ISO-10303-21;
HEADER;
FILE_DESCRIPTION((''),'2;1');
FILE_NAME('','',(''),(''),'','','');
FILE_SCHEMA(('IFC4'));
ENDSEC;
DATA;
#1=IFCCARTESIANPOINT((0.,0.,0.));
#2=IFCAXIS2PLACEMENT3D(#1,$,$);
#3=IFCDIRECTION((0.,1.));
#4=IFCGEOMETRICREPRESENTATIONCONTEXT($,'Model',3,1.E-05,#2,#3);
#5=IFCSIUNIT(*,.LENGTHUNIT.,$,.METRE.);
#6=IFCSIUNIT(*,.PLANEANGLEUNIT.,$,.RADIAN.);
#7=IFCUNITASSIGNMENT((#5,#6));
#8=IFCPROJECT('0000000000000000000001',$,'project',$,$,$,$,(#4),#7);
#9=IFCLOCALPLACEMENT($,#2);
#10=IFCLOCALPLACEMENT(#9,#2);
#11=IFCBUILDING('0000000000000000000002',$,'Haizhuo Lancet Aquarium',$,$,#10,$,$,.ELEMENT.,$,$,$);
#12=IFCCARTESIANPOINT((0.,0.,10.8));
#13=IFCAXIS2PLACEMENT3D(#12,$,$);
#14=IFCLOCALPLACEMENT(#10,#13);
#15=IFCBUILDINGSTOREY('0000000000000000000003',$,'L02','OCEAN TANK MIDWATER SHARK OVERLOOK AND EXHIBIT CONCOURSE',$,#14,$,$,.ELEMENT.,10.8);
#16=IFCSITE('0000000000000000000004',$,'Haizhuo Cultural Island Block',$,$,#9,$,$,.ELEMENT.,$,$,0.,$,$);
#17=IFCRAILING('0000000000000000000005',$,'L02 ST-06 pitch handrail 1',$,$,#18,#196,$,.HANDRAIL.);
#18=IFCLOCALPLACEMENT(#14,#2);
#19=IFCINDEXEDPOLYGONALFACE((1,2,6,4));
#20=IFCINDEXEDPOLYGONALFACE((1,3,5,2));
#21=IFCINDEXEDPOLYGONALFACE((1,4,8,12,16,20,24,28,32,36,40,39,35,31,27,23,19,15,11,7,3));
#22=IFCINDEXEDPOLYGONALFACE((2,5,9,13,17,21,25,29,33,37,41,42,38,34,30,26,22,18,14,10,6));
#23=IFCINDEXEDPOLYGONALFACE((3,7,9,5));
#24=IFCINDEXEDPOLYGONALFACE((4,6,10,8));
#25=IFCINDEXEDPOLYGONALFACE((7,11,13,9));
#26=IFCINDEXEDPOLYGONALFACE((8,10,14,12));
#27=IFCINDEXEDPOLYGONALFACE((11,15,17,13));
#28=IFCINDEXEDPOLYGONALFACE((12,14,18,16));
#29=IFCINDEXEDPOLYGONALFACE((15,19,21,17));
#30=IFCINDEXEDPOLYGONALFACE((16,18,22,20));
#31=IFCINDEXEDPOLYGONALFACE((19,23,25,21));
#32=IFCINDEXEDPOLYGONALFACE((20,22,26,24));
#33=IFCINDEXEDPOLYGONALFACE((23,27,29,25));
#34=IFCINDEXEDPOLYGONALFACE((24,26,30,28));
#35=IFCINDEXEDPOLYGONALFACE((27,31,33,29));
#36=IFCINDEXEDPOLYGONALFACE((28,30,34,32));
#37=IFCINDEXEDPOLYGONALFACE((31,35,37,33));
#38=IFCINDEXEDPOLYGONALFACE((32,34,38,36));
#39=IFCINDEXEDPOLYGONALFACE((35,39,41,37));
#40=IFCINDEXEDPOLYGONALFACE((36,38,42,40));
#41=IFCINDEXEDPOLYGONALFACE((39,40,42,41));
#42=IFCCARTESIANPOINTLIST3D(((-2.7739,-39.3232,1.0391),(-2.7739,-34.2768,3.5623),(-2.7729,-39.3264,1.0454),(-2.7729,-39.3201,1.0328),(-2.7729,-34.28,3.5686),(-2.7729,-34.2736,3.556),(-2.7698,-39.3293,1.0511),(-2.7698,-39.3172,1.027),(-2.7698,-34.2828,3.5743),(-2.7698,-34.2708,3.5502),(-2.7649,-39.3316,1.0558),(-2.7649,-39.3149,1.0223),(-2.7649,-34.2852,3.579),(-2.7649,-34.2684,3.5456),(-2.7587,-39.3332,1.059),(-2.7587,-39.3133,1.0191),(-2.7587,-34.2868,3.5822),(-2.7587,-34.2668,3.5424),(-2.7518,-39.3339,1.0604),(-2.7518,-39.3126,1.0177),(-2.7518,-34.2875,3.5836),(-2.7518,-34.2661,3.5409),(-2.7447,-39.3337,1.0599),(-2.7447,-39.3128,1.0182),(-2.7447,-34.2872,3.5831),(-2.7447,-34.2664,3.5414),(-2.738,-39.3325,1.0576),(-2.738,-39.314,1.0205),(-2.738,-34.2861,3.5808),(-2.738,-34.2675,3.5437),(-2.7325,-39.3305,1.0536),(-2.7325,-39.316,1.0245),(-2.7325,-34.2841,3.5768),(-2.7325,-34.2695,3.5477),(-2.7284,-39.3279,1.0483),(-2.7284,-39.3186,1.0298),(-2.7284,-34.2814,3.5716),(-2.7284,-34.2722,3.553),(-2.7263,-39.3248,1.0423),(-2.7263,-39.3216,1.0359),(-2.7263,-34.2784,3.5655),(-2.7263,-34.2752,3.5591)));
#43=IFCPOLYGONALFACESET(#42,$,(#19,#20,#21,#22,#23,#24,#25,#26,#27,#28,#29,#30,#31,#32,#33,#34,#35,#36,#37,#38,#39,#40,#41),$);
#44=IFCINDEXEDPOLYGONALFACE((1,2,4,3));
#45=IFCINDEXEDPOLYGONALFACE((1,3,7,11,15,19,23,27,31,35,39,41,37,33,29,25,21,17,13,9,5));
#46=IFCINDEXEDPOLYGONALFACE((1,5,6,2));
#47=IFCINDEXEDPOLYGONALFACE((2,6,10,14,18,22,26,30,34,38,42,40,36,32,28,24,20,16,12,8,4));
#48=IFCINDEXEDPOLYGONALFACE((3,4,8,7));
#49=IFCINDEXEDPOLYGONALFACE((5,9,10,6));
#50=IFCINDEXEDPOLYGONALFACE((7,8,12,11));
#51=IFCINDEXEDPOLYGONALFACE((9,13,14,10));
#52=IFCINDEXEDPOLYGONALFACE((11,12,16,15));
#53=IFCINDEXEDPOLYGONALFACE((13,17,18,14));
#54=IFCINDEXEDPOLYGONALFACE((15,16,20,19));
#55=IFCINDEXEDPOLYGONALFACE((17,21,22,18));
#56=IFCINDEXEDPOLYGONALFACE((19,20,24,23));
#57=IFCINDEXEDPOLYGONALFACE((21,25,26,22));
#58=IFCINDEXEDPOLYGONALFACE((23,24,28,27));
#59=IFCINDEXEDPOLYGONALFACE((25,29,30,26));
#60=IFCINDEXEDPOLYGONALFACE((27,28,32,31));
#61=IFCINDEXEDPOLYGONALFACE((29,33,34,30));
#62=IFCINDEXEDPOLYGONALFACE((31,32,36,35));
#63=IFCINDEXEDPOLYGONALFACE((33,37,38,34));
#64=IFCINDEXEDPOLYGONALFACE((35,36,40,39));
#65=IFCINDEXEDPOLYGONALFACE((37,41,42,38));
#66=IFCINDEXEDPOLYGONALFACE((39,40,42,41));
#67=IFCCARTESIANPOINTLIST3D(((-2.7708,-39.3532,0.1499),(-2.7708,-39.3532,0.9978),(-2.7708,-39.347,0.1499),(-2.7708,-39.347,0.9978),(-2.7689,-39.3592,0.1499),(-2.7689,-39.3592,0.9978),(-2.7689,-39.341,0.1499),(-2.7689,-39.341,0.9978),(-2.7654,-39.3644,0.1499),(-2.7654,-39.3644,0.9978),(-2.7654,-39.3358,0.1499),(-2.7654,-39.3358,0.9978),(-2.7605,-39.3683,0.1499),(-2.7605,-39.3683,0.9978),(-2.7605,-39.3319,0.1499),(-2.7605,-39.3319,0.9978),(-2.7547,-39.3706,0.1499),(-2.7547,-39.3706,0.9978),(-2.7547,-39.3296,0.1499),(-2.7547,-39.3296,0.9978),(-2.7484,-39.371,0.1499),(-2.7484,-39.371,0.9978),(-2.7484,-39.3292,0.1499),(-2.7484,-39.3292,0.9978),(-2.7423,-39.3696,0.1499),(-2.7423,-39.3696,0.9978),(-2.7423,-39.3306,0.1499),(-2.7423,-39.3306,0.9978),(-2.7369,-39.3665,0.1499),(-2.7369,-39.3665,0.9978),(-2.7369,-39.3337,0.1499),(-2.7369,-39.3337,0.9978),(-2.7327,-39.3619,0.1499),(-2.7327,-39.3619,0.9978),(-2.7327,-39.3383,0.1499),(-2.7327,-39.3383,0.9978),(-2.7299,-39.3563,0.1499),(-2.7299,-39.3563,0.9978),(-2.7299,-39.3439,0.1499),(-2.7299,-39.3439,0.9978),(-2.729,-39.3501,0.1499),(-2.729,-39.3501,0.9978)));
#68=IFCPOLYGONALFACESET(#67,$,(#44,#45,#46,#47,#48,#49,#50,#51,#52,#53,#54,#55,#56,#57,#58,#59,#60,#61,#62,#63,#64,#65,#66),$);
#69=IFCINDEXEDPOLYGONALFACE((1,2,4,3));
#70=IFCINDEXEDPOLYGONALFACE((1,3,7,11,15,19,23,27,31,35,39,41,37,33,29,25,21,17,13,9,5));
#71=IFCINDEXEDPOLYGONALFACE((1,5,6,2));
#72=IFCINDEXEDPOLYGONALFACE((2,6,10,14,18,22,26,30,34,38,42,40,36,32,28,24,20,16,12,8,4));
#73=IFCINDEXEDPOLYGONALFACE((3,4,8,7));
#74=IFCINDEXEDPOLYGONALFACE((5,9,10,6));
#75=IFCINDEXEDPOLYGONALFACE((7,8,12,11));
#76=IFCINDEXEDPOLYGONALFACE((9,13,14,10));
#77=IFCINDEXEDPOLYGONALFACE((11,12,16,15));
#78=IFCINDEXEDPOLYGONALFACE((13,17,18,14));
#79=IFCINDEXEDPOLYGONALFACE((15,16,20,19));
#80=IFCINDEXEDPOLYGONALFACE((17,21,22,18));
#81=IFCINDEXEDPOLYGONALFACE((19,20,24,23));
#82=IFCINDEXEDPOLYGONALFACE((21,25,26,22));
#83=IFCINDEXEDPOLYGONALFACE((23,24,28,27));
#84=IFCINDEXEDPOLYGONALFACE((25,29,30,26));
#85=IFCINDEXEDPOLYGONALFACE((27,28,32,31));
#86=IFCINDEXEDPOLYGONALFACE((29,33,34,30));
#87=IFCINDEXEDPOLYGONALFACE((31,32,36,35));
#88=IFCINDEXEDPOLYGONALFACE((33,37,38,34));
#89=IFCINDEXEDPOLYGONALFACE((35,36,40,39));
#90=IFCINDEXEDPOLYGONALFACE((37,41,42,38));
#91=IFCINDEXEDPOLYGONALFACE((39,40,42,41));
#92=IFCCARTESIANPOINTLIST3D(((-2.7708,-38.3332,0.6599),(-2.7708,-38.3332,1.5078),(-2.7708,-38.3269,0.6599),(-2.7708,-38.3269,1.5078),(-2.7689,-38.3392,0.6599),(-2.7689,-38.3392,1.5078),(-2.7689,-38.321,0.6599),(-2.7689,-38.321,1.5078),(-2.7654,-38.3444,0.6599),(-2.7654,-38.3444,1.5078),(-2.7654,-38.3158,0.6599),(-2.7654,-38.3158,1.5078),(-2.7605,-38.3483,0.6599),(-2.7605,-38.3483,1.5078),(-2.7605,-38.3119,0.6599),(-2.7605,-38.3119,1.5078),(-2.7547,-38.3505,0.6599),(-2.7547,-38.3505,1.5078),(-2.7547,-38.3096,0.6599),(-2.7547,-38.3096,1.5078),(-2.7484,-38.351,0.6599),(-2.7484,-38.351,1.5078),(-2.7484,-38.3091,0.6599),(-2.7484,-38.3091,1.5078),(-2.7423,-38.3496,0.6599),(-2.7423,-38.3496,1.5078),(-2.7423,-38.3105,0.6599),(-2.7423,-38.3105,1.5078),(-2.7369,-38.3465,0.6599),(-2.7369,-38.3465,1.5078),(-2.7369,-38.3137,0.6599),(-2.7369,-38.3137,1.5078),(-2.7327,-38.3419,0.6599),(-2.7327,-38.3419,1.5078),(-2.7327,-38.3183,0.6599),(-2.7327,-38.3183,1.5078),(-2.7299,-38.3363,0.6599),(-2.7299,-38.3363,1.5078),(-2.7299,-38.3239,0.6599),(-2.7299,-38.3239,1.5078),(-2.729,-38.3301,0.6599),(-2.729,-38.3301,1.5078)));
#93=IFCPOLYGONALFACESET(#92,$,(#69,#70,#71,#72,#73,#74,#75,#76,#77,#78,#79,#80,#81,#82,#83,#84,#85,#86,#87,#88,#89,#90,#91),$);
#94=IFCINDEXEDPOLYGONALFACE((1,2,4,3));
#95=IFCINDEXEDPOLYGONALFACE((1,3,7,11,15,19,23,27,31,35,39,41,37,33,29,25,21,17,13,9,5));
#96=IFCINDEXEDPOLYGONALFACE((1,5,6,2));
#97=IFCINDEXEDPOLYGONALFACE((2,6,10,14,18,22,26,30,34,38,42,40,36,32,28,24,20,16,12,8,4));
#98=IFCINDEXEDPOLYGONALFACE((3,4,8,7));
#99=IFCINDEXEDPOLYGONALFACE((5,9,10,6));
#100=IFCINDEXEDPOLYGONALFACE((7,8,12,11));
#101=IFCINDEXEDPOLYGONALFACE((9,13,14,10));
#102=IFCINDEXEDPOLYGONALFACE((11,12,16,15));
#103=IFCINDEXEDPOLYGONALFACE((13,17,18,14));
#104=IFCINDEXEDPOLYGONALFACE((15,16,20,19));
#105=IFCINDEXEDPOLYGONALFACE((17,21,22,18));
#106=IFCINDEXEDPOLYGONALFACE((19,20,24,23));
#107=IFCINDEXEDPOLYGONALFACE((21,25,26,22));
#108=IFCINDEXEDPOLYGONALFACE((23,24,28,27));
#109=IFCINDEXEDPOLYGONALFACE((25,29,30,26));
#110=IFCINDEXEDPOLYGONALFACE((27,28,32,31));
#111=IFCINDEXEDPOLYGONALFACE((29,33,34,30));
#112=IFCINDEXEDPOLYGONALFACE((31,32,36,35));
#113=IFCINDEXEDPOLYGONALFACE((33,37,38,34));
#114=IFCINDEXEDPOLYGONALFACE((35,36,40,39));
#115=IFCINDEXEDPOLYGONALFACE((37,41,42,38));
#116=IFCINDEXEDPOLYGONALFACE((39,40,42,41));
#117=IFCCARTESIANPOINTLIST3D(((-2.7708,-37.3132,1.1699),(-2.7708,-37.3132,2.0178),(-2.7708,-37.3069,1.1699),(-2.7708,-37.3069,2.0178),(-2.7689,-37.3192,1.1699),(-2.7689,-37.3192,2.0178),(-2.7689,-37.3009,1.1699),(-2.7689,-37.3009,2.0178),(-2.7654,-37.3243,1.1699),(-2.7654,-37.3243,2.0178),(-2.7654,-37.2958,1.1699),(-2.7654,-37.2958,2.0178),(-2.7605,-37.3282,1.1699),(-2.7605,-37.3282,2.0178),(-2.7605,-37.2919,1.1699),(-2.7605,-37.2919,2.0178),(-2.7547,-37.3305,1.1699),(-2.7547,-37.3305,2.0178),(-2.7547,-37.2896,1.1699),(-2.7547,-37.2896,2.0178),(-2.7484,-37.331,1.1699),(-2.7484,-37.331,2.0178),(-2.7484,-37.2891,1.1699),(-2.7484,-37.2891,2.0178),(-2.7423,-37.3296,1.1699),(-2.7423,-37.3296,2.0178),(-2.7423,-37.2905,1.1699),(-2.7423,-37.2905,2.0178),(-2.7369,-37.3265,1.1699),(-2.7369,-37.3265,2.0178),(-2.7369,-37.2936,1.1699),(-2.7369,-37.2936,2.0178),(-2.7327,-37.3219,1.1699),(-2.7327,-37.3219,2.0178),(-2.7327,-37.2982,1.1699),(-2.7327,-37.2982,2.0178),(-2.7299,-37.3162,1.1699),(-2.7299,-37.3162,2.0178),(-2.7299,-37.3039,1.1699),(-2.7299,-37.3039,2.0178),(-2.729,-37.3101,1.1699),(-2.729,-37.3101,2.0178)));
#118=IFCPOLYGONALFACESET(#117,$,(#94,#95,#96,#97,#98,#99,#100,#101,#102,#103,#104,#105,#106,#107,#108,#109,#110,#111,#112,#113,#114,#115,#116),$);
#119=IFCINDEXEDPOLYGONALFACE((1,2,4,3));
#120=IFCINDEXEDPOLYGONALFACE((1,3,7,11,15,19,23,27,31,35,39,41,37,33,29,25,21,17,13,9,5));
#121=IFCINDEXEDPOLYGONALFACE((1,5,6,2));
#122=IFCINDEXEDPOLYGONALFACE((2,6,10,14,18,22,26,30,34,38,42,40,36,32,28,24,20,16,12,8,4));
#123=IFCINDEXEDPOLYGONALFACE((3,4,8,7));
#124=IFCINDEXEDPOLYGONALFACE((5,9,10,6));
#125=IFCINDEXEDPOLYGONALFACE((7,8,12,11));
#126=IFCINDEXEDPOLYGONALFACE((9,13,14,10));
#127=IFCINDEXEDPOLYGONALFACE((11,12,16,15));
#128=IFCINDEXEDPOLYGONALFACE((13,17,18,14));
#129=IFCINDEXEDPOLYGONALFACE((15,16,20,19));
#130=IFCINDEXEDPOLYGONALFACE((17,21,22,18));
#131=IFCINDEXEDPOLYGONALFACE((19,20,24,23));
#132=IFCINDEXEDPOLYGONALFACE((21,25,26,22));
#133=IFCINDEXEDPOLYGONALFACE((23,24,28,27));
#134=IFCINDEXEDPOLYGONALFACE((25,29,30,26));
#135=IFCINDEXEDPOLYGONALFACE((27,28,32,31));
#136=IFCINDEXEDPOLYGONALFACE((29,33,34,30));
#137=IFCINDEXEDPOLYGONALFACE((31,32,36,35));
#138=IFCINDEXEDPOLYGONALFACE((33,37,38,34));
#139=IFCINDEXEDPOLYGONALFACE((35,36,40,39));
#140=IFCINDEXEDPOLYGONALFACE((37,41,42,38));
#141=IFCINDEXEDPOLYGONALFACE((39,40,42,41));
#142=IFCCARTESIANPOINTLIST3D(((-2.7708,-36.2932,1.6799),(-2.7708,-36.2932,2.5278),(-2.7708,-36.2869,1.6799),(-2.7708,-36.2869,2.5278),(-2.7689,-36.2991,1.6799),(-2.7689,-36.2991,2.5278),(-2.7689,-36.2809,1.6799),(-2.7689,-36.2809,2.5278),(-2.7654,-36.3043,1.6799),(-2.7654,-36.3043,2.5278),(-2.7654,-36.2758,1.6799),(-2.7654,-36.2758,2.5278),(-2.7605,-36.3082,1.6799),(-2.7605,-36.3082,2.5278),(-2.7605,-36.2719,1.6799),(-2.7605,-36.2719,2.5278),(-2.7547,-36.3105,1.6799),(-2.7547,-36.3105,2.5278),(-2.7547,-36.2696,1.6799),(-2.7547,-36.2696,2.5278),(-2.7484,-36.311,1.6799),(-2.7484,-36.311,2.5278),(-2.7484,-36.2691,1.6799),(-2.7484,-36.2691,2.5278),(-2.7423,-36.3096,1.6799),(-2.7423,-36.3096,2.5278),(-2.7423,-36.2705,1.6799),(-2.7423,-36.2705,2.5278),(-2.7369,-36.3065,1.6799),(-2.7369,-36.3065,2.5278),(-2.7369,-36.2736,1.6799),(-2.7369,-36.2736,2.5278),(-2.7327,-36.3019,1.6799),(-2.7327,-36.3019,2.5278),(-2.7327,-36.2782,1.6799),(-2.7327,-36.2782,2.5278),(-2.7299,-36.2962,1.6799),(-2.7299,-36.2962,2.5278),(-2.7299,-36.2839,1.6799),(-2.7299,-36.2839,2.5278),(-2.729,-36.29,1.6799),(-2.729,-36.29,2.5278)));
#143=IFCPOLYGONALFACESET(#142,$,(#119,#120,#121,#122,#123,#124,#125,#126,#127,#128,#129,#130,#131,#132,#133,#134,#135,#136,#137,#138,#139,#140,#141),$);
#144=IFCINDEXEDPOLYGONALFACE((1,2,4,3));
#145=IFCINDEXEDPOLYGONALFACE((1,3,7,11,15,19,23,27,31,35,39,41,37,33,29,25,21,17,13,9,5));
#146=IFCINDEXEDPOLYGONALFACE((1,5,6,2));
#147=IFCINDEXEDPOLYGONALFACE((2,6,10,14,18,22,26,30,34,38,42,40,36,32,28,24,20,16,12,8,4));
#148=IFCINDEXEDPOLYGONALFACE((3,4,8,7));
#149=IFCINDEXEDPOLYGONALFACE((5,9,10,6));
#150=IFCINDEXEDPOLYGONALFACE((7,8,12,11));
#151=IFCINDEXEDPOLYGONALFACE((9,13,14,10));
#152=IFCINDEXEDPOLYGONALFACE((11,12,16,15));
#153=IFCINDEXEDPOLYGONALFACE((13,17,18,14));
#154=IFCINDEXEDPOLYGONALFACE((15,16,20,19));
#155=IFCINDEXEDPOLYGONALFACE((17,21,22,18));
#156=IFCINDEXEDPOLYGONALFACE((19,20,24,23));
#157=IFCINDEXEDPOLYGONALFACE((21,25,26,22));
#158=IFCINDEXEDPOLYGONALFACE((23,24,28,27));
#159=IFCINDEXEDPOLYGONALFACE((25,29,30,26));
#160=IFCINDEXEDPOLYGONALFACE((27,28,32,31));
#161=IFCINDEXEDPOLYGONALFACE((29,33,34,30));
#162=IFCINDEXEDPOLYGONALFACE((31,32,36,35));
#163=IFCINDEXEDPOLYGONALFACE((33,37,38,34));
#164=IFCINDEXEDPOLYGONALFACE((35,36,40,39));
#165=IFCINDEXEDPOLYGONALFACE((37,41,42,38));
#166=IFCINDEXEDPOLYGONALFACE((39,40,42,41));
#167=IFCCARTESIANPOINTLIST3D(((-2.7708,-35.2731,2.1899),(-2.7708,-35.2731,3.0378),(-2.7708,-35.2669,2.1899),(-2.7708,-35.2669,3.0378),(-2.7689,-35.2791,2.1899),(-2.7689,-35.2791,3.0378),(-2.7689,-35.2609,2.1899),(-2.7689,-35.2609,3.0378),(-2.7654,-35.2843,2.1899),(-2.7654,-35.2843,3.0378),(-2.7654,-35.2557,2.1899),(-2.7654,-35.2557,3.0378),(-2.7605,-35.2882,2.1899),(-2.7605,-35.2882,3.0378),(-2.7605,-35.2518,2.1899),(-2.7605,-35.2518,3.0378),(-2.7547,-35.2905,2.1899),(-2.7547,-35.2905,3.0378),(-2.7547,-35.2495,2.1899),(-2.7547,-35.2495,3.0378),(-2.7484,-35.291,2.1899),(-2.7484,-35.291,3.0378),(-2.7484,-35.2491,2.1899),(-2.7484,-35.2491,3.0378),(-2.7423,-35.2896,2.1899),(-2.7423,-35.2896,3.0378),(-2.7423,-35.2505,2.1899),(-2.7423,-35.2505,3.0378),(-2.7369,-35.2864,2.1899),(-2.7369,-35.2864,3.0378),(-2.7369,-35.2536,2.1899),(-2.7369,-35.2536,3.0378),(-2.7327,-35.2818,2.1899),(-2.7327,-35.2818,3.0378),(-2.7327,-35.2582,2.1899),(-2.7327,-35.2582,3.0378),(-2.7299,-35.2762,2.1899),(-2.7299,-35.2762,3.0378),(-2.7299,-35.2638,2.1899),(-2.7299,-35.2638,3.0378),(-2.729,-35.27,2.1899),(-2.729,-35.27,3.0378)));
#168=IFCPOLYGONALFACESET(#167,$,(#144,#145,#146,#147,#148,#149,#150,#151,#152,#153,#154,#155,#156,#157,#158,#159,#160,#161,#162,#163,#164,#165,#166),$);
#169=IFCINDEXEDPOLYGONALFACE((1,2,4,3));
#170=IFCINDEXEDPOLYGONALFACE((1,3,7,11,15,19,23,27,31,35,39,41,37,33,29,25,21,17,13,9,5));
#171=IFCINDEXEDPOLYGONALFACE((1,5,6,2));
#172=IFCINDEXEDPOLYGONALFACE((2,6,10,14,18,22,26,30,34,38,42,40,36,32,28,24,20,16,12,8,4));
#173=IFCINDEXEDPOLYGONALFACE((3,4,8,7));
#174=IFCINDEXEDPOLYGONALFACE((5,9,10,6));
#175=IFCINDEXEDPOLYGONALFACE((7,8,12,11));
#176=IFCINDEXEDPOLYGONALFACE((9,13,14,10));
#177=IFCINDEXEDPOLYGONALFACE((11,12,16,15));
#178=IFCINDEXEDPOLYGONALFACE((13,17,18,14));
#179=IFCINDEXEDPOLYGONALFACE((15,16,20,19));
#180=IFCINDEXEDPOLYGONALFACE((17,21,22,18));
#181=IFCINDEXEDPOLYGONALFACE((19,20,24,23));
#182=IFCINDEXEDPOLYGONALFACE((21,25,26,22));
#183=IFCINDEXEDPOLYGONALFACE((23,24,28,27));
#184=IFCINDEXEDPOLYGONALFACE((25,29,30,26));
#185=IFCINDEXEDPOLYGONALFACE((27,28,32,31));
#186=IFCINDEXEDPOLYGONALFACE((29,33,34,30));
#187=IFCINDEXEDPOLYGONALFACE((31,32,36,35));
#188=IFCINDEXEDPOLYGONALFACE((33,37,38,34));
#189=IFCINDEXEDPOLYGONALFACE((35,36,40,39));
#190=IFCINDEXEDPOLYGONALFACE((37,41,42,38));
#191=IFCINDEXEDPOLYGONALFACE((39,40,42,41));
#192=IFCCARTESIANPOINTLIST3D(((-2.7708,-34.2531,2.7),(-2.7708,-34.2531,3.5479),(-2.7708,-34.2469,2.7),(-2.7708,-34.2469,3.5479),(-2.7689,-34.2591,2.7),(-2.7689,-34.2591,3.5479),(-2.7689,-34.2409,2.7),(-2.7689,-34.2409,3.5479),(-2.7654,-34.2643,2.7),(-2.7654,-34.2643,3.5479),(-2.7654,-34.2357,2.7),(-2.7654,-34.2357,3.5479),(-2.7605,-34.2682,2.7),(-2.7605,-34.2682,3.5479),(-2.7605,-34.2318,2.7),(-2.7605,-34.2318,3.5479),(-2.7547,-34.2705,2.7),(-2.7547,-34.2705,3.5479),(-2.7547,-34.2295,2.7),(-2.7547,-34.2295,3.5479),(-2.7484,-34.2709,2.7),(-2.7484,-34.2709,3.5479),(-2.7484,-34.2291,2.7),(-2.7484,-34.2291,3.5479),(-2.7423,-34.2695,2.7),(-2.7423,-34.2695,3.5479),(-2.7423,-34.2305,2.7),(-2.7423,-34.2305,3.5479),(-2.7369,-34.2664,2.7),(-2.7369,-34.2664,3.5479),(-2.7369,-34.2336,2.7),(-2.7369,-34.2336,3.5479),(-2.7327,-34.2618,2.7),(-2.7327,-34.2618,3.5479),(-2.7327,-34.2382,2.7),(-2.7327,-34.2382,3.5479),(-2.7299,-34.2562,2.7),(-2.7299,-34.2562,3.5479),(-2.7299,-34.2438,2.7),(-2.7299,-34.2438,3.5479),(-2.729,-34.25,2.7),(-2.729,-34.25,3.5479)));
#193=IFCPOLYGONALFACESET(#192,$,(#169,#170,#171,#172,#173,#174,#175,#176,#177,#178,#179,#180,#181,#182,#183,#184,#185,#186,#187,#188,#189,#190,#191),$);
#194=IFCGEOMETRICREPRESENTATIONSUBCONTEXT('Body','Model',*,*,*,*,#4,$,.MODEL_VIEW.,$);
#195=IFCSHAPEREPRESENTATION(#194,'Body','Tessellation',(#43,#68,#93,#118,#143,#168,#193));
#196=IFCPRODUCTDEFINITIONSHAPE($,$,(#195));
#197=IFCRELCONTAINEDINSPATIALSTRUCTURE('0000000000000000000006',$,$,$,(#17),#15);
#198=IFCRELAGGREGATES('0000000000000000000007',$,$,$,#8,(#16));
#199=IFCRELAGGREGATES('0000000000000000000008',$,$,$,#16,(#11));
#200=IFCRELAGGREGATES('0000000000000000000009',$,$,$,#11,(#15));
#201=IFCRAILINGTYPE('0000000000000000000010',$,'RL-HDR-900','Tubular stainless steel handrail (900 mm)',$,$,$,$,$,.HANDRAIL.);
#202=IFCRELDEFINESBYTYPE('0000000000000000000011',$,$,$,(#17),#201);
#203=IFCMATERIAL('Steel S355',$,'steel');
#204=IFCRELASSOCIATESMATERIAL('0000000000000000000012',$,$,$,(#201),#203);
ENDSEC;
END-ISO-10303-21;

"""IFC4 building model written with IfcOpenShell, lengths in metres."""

from ifc_helpers import new_model, si_unit, direction, frame, origin, origin_2d, place, context, subcontext, project, spatial, circle, extrude, material, type_object, element, save


model = new_model("IFC4")

# Units and contexts
model_context = context("Model", 3, precision=1e-05, world=origin(), true_north=direction((0.0, 1.0)))
body_context = subcontext(model_context, "Body", "Model", "MODEL_VIEW")
ifc_project = project(units=[si_unit("LENGTHUNIT", "METRE"), si_unit("PLANEANGLEUNIT", "RADIAN")], contexts=[model_context])

# Site, building, storey
site_placement = place(None, origin())
site = spatial("IfcSite", under=ifc_project, at=site_placement, Name="Haizhuo Cultural Island Block", CompositionType="ELEMENT", RefElevation=0.0)
building_placement = place(site_placement, origin())
building = spatial("IfcBuilding", under=site, at=building_placement, Name="Haizhuo Lancet Aquarium", CompositionType="ELEMENT")
storey_placement = place(building_placement, frame((0.0, 0.0, 10.8)))
storey = spatial("IfcBuildingStorey", under=building, at=storey_placement, Name="L02", Description="OCEAN TANK MIDWATER SHARK OVERLOOK AND EXHIBIT CONCOURSE", CompositionType="ELEMENT", Elevation=10.8)

# Shared definitions
ifc_material_1 = material(Name="Steel S355", Category="steel")

# Railing
railing_type_1 = type_object("IfcRailingType", Name="RL-HDR-900", Description="Tubular stainless steel handrail (900 mm)", PredefinedType="HANDRAIL", material=ifc_material_1)
railing_1_placement = place(storey_placement, frame((-2.75, -39.3501, 0.1499)))
element("IfcRailing", 1, at=railing_1_placement, inside=storey, type_object=railing_type_1, Name="L02 ST-06 pitch handrail 1", PredefinedType="HANDRAIL", context=body_context, shape_type="SweptSolid", body=[
    extrude(circle(Radius=0.0239, at=origin_2d()), frame((0.0, 0.0269, 0.8892), z_axis=(0.0, 0.894427, 0.447214), x_axis=(-1.0, 0.0, 0.0)), (0.0, 0.0, 1.0), 5.6421),
    extrude(circle(Radius=0.021, at=origin_2d()), origin(), (0.0, 0.0, 1.0), 0.8479),
    extrude(circle(Radius=0.021, at=origin_2d()), frame((0.0, 1.02, 0.51)), (0.0, 0.0, 1.0), 0.8479),
    extrude(circle(Radius=0.021, at=origin_2d()), frame((0.0, 2.04, 1.02)), (0.0, 0.0, 1.0), 0.8479),
    extrude(circle(Radius=0.021, at=origin_2d()), frame((0.0, 3.0601, 1.53)), (0.0, 0.0, 1.0), 0.8479),
    extrude(circle(Radius=0.021, at=origin_2d()), frame((0.0, 4.0801, 2.04)), (0.0, 0.0, 1.0), 0.8479),
    extrude(circle(Radius=0.021, at=origin_2d()), frame((0.0, 5.1001, 2.55)), (0.0, 0.0, 1.0), 0.8479),
])

save(model, "model.ifc")
